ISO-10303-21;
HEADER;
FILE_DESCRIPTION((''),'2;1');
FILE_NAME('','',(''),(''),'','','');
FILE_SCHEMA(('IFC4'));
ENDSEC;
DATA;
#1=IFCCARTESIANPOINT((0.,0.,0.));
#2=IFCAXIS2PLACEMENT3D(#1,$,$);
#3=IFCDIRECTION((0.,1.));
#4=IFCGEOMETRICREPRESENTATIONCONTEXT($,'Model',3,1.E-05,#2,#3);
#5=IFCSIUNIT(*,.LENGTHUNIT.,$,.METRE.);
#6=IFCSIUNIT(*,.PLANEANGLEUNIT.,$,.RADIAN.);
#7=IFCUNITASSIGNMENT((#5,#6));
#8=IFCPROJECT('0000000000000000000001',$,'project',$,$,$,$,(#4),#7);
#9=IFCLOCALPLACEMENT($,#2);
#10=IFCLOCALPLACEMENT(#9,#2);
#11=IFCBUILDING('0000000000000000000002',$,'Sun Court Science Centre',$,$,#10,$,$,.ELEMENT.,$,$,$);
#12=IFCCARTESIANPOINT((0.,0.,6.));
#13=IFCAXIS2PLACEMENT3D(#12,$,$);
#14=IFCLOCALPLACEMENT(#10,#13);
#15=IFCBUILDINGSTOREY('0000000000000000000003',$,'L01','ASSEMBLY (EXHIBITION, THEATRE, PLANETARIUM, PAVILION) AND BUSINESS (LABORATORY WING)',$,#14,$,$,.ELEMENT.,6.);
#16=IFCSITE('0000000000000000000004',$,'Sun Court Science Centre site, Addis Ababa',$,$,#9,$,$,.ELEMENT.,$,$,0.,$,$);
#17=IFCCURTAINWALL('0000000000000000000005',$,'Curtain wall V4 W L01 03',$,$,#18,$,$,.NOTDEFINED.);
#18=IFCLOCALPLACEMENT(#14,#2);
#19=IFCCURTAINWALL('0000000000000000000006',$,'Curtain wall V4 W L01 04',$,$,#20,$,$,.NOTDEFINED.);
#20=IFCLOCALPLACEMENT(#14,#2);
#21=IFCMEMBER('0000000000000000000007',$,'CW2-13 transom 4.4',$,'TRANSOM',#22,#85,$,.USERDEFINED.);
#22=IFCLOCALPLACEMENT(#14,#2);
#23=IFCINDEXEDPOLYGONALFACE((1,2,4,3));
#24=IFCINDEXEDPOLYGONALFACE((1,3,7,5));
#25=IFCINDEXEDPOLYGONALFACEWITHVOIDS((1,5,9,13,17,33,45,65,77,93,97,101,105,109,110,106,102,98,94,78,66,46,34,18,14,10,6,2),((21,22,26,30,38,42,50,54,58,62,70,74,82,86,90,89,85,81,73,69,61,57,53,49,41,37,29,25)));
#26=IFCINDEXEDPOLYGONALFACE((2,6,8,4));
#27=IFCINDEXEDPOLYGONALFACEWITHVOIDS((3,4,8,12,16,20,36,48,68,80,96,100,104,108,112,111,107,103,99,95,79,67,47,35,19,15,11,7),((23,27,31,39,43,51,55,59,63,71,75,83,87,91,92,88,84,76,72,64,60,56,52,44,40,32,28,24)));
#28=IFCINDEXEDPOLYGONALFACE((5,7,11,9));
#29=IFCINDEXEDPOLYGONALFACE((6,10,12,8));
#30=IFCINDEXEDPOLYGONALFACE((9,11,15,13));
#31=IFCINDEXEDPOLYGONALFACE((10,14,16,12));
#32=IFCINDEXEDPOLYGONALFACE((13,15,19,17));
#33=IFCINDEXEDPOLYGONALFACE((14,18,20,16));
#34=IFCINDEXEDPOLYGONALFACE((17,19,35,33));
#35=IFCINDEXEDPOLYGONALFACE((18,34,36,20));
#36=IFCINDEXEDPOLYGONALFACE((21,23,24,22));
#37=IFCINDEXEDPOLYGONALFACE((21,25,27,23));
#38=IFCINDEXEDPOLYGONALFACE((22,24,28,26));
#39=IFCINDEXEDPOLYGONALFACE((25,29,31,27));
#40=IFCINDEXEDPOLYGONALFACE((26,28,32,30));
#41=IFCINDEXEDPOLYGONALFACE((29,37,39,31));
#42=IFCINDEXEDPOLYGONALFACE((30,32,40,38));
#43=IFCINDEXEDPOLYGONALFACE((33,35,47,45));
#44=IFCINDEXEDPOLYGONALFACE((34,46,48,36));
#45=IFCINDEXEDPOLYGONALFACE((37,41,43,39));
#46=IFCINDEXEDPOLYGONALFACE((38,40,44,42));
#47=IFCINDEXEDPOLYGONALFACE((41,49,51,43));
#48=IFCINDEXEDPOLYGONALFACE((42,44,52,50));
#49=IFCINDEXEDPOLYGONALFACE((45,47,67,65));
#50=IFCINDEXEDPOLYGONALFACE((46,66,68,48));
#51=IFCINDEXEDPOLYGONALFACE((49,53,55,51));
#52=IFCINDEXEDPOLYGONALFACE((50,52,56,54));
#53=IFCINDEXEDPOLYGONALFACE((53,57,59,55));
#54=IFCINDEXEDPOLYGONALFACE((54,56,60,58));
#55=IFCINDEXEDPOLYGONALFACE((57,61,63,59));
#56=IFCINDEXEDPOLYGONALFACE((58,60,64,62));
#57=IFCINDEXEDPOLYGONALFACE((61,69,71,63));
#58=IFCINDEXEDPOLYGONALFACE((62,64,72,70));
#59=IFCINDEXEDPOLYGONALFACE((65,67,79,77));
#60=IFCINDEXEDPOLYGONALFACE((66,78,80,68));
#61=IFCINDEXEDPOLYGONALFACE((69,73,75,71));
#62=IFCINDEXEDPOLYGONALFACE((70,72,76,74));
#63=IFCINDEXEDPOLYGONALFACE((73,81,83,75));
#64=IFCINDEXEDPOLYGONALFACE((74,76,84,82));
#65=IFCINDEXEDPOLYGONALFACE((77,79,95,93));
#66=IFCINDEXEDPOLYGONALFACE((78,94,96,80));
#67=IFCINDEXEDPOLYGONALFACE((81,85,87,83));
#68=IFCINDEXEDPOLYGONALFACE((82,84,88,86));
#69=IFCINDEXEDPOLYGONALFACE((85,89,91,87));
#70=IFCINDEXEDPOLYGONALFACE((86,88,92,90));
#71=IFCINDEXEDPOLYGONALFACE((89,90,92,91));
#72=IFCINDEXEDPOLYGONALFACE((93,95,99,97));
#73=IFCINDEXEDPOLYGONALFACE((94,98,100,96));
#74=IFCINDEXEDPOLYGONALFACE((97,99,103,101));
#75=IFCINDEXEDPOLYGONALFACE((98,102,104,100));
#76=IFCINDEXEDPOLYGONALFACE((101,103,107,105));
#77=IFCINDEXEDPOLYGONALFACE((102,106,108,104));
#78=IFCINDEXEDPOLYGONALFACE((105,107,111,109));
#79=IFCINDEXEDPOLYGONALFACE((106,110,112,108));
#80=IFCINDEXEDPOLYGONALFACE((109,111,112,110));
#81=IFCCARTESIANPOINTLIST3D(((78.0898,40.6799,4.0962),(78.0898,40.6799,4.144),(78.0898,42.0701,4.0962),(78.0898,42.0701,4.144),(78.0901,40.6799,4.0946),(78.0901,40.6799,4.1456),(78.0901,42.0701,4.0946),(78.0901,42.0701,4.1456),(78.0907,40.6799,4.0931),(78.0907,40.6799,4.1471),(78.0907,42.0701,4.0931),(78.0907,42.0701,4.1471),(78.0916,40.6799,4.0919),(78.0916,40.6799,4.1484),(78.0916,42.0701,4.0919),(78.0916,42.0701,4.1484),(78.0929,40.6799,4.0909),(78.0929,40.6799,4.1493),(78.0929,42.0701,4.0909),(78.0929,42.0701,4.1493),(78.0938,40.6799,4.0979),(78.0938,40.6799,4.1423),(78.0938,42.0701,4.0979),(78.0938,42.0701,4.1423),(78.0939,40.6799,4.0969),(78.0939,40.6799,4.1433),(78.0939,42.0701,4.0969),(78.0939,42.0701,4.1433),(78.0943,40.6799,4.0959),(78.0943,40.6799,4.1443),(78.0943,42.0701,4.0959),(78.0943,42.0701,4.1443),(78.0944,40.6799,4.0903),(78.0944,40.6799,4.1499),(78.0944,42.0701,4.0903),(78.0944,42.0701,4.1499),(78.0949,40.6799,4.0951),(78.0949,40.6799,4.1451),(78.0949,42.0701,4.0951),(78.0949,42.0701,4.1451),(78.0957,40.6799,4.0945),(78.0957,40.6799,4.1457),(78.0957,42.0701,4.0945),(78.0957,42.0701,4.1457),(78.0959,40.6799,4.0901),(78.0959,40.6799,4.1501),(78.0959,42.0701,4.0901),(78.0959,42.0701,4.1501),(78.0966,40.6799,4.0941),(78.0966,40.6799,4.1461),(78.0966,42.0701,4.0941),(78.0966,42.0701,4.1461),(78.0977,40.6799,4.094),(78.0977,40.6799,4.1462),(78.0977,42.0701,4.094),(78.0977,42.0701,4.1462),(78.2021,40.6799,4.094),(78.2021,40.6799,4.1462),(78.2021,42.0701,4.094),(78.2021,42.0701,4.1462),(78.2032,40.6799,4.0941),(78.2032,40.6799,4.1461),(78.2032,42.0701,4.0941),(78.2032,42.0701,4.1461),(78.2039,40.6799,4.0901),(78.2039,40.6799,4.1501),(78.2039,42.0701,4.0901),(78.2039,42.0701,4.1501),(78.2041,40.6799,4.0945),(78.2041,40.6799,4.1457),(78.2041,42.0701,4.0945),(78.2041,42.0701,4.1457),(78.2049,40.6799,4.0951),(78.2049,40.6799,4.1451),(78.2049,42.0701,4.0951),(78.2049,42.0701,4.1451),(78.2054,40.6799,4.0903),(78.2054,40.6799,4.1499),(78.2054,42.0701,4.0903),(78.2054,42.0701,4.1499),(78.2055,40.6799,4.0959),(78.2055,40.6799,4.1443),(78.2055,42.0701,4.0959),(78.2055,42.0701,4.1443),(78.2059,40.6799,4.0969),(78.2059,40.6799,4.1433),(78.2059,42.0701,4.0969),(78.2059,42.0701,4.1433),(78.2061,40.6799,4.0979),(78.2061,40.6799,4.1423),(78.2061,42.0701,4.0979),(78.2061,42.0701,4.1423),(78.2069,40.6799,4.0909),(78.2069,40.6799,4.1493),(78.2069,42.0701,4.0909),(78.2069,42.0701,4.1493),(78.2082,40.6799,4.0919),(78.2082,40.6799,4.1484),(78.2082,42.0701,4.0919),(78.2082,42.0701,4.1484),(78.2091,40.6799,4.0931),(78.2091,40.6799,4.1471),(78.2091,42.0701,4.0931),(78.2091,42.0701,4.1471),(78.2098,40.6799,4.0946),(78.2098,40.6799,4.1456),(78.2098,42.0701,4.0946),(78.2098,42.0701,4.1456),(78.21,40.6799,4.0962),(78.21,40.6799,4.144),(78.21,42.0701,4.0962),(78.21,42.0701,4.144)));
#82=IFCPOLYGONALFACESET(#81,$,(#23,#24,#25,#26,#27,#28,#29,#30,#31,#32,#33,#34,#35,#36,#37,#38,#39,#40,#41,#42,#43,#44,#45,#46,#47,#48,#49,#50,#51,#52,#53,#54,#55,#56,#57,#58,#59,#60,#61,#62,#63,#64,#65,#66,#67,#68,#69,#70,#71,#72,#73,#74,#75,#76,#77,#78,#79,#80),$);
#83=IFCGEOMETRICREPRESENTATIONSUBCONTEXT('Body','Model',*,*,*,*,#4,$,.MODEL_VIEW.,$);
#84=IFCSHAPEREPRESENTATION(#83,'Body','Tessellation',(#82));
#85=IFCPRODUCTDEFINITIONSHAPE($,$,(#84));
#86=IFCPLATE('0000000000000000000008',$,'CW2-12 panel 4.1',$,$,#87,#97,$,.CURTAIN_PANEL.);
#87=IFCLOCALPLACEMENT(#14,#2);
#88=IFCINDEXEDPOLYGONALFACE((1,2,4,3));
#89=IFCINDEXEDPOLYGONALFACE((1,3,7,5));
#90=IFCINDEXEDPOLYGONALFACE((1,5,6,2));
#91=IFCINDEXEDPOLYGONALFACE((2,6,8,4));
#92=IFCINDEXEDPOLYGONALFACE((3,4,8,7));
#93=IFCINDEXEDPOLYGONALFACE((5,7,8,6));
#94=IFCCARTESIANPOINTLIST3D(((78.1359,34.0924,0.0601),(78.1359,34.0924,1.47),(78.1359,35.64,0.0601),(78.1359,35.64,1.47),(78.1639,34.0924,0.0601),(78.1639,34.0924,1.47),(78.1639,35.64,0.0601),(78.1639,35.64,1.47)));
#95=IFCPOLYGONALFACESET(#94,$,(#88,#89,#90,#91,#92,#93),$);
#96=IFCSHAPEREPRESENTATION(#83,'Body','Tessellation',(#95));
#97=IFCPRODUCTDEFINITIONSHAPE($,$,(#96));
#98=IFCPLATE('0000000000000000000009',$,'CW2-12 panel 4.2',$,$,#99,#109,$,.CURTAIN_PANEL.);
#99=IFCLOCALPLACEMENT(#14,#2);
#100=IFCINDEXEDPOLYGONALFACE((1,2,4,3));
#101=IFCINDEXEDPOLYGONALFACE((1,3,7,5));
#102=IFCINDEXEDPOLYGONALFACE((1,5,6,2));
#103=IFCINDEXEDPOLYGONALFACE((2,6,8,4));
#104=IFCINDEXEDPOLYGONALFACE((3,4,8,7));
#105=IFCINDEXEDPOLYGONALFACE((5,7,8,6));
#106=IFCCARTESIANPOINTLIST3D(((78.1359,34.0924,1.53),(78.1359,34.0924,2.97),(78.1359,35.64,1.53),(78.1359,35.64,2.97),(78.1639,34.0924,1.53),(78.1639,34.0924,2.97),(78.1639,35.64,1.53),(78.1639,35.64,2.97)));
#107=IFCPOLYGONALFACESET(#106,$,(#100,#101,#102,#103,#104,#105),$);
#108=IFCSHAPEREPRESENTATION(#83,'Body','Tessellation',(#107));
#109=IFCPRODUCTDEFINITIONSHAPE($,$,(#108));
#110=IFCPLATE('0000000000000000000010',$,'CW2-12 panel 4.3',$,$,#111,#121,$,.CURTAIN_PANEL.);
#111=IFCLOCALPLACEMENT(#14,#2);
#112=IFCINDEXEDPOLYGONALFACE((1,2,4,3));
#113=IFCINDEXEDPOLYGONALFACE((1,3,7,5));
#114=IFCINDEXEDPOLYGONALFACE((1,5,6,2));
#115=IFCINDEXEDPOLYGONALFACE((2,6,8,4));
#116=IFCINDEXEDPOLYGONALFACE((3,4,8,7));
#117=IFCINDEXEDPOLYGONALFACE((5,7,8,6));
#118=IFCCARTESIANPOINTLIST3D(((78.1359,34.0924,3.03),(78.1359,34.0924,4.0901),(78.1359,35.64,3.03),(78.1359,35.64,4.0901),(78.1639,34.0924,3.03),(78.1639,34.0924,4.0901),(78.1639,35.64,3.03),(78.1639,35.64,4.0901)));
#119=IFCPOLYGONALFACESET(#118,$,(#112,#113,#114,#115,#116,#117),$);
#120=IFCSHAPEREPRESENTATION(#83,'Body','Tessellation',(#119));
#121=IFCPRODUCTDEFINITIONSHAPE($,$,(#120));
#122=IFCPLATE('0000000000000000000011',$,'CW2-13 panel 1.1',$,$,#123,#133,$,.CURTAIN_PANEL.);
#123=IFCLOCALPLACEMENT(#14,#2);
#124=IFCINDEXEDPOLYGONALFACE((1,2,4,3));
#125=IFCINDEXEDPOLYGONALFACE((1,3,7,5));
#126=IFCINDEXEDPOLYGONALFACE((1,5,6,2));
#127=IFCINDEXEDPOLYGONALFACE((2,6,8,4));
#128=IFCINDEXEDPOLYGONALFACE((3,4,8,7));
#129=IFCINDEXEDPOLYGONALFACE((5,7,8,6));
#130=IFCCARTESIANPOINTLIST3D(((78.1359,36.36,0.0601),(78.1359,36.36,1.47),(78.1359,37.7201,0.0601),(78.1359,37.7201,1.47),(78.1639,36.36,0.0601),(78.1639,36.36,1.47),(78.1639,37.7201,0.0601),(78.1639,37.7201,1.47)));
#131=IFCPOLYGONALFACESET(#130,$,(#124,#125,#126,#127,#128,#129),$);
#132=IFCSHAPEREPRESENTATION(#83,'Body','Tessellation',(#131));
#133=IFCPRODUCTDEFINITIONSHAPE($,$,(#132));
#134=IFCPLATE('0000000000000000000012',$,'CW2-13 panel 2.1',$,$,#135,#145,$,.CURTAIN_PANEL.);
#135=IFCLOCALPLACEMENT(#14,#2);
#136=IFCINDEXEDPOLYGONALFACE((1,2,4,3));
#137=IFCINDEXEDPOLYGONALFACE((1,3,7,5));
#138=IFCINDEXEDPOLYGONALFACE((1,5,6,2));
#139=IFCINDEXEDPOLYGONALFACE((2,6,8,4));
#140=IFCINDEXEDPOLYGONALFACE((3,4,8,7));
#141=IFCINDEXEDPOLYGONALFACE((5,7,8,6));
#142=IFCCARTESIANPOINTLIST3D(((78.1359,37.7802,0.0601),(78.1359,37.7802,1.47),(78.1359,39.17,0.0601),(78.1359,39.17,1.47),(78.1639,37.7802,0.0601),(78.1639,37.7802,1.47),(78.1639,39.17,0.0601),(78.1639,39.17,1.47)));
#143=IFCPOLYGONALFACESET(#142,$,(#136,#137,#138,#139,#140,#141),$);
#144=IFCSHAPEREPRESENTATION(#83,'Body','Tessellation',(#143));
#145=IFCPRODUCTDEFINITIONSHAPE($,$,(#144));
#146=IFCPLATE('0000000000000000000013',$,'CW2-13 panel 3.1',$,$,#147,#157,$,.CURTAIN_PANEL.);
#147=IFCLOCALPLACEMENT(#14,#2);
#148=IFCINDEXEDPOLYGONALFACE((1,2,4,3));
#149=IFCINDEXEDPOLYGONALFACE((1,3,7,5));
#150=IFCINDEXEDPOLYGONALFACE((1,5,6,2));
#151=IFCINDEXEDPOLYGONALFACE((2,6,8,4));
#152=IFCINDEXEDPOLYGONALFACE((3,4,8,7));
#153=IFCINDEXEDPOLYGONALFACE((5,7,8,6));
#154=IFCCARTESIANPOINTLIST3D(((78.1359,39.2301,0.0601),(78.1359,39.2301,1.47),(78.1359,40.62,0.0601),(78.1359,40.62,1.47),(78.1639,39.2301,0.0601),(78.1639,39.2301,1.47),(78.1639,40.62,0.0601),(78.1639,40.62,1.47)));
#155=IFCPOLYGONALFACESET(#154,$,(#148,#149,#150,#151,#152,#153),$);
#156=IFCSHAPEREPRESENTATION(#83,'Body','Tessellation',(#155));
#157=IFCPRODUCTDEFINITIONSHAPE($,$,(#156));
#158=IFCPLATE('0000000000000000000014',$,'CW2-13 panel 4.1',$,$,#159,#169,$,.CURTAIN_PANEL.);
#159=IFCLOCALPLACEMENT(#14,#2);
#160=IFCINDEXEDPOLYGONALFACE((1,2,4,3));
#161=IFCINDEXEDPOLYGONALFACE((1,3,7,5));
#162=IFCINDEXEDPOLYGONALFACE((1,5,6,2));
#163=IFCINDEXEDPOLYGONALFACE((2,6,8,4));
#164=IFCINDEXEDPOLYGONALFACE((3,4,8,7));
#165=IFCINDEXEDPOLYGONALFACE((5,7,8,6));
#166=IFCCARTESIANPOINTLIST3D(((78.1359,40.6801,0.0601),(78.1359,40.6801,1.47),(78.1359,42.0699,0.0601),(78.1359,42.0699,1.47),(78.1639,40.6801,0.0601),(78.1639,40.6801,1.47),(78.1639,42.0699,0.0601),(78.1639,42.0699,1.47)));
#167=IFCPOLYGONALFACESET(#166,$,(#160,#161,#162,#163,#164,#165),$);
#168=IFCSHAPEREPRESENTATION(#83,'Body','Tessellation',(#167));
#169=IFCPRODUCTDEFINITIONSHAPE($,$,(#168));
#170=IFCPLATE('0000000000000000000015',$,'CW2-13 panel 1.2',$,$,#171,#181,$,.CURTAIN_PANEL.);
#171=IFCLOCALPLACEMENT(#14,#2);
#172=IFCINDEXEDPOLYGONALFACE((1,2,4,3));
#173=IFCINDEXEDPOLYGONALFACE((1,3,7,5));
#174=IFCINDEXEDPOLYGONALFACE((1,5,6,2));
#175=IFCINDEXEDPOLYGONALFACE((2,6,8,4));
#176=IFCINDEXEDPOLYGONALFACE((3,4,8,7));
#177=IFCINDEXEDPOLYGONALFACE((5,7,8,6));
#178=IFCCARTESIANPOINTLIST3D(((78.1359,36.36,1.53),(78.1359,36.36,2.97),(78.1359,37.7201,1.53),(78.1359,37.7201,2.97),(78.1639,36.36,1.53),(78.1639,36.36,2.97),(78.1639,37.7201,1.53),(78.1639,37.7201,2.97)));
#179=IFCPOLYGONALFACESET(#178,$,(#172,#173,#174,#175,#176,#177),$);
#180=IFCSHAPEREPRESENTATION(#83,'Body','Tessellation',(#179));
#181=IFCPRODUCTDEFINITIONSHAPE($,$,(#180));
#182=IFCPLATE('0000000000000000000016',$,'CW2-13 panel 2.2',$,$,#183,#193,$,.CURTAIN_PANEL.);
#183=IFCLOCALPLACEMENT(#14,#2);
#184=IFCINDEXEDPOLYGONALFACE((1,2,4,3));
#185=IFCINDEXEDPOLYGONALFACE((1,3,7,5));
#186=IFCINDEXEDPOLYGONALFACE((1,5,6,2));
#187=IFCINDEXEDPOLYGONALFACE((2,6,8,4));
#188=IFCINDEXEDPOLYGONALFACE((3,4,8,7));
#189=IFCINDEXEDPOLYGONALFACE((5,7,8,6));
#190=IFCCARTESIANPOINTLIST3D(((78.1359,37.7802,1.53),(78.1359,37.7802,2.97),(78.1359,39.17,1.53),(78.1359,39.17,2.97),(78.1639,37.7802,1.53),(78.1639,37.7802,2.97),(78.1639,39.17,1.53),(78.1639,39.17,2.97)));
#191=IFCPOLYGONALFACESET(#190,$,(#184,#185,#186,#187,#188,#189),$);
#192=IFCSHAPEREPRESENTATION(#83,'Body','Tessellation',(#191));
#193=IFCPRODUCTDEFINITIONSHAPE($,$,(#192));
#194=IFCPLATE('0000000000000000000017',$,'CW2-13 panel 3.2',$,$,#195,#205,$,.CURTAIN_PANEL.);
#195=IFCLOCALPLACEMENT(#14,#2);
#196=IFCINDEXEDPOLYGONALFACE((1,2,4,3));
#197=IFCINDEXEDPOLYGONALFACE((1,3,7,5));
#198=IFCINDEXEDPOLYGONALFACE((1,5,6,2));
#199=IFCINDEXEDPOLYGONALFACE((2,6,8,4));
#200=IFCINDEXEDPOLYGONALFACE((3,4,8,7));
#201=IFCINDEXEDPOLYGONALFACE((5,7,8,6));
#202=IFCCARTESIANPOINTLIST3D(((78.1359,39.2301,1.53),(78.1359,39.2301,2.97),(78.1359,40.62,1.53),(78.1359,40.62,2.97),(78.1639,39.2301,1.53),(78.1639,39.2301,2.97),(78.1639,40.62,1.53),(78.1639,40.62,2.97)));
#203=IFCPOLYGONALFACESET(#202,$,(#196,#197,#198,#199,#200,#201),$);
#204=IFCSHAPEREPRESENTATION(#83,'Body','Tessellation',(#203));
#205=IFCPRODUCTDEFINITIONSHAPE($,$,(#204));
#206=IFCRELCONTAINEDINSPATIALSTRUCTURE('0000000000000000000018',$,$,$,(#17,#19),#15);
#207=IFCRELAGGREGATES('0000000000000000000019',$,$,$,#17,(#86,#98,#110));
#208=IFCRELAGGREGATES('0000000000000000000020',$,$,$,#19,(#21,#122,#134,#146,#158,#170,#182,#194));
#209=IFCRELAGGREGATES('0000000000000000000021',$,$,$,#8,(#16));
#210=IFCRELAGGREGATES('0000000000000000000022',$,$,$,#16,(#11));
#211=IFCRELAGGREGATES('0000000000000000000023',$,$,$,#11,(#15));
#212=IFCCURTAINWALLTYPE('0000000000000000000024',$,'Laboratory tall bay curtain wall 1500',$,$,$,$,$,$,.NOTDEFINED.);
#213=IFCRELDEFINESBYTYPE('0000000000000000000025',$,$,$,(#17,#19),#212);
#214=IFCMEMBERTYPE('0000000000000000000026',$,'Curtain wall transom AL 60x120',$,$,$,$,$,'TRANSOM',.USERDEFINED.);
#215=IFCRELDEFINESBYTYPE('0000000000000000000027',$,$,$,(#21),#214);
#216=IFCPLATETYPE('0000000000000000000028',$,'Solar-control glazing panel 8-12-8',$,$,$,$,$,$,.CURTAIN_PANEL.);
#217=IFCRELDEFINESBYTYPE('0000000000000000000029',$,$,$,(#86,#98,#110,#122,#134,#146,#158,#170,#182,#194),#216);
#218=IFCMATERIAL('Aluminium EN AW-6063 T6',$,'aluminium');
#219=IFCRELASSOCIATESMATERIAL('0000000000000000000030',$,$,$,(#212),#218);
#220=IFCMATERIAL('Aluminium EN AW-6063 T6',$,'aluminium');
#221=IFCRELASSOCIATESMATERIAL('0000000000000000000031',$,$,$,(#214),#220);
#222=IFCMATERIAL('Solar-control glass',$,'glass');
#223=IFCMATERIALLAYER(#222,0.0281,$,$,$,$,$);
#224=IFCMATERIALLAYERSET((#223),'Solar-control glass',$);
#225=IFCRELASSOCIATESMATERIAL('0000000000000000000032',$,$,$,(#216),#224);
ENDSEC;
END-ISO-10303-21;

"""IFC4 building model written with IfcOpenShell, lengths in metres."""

from ifc_helpers import new_model, si_unit, direction, frame, origin, origin_2d, place, context, subcontext, project, spatial, rectangle, hollow_rectangle, extrude, material, layer, layer_set, material_profile, profile_set, type_object, element, aggregate, save


model = new_model("IFC4")

# Units and contexts
model_context = context("Model", 3, precision=1e-05, world=origin(), true_north=direction((0.0, 1.0)))
body_context = subcontext(model_context, "Body", "Model", "MODEL_VIEW")
ifc_project = project(units=[si_unit("LENGTHUNIT", "METRE"), si_unit("PLANEANGLEUNIT", "RADIAN")], contexts=[model_context])

# Site, building, storey
site_placement = place(None, origin())
site = spatial("IfcSite", under=ifc_project, at=site_placement, Name="Sun Court Science Centre site, Addis Ababa", CompositionType="ELEMENT", RefElevation=0.0)
building_placement = place(site_placement, origin())
building = spatial("IfcBuilding", under=site, at=building_placement, Name="Sun Court Science Centre", CompositionType="ELEMENT")
storey_placement = place(building_placement, frame((0.0, 0.0, 6.0)))
storey = spatial("IfcBuildingStorey", under=building, at=storey_placement, Name="L01", Description="ASSEMBLY (EXHIBITION, THEATRE, PLANETARIUM, PAVILION) AND BUSINESS (LABORATORY WING)", CompositionType="ELEMENT", Elevation=6.0)

# Curtain wall
ifc_material_1 = material(Name="Aluminium EN AW-6063 T6", Category="aluminium")
curtain_wall_type = type_object("IfcCurtainWallType", Name="Laboratory tall bay curtain wall 1500", PredefinedType="NOTDEFINED", material=ifc_material_1)
curtain_wall_1_placement = place(storey_placement, origin())
curtain_wall_1 = element("IfcCurtainWall", 1, at=curtain_wall_1_placement, inside=storey, type_object=curtain_wall_type, Name="Curtain wall V4 W L01 03", PredefinedType="NOTDEFINED")

# Curtain wall
curtain_wall_2_placement = place(storey_placement, origin())
curtain_wall_2 = element("IfcCurtainWall", 2, at=curtain_wall_2_placement, inside=storey, type_object=curtain_wall_type, Name="Curtain wall V4 W L01 04", PredefinedType="NOTDEFINED")

# Member
ifc_material_2 = material(Name="Aluminium EN AW-6063 T6", Category="aluminium")
ifc_material_profile_1 = material_profile(ifc_material_2, hollow_rectangle(XDim=0.0601, YDim=0.1201, WallThickness=0.0039, InnerFilletRadius=0.0039, OuterFilletRadius=0.0061, at=origin_2d()), Name="AL 60x120x4")
ifc_profile_set_1 = profile_set([ifc_material_profile_1], Name="Aluminium EN AW-6063 T6")
member_type_1 = type_object("IfcMemberType", Name="Curtain wall transom AL 60x120", ElementType="TRANSOM", PredefinedType="USERDEFINED", material=ifc_profile_set_1)
member_1_placement = place(storey_placement, frame((78.1499, 40.6799, 4.1201), z_axis=(0.0, 1.0, 0.0), x_axis=(0.0, 0.0, 1.0)))
member_1 = element("IfcMember", 3, at=member_1_placement, type_object=member_type_1, Name="CW2-13 transom 4.4", ObjectType="TRANSOM", PredefinedType="USERDEFINED", context=body_context, shape_type="SweptSolid", body=[
    extrude(hollow_rectangle(XDim=0.0601, YDim=0.1201, WallThickness=0.0039, InnerFilletRadius=0.0039, OuterFilletRadius=0.0061, at=origin_2d()), origin(), (0.0, 0.0, 1.0), 1.3901),
])

# Plates
ifc_material_3 = material(Name="Solar-control glass", Category="glass")
ifc_layer = layer(ifc_material_3, 0.0281)
ifc_layer_set = layer_set([ifc_layer], Name="Solar-control glass")
plate_type = type_object("IfcPlateType", Name="Solar-control glazing panel 8-12-8", PredefinedType="CURTAIN_PANEL", material=ifc_layer_set)
plate_1_placement = place(storey_placement, frame((78.1499, 34.8662, 0.0601), z_axis=(0.0, 0.0, 1.0), x_axis=(0.0, 1.0, 0.0)))
plate_1 = element("IfcPlate", 4, at=plate_1_placement, type_object=plate_type, Name="CW2-12 panel 4.1", PredefinedType="CURTAIN_PANEL", context=body_context, shape_type="SweptSolid", body=[
    extrude(rectangle(XDim=1.5476, YDim=0.0281, at=origin_2d()), origin(), (0.0, 0.0, 1.0), 1.4099),
])
plate_2_placement = place(storey_placement, frame((78.1499, 34.8662, 1.53), z_axis=(0.0, 0.0, 1.0), x_axis=(0.0, 1.0, 0.0)))
plate_2 = element("IfcPlate", 5, at=plate_2_placement, type_object=plate_type, Name="CW2-12 panel 4.2", PredefinedType="CURTAIN_PANEL", context=body_context, shape_type="SweptSolid", body=[
    extrude(rectangle(XDim=1.5476, YDim=0.0281, at=origin_2d()), origin(), (0.0, 0.0, 1.0), 1.4399),
])
plate_3_placement = place(storey_placement, frame((78.1499, 34.8662, 3.03), z_axis=(0.0, 0.0, 1.0), x_axis=(0.0, 1.0, 0.0)))
plate_3 = element("IfcPlate", 6, at=plate_3_placement, type_object=plate_type, Name="CW2-12 panel 4.3", PredefinedType="CURTAIN_PANEL", context=body_context, shape_type="SweptSolid", body=[
    extrude(rectangle(XDim=1.5476, YDim=0.0281, at=origin_2d()), origin(), (0.0, 0.0, 1.0), 1.0601),
])
aggregate(curtain_wall_1, [plate_1, plate_2, plate_3])
plate_4_placement = place(storey_placement, frame((78.1499, 37.04, 0.0601), z_axis=(0.0, 0.0, 1.0), x_axis=(0.0, 1.0, 0.0)))
plate_4 = element("IfcPlate", 7, at=plate_4_placement, type_object=plate_type, Name="CW2-13 panel 1.1", PredefinedType="CURTAIN_PANEL", context=body_context, shape_type="SweptSolid", body=[
    extrude(rectangle(XDim=1.3601, YDim=0.0281, at=origin_2d()), origin(), (0.0, 0.0, 1.0), 1.4099),
])
plate_5_placement = place(storey_placement, frame((78.1499, 38.4751, 0.0601), z_axis=(0.0, 0.0, 1.0), x_axis=(0.0, 1.0, 0.0)))
plate_5 = element("IfcPlate", 8, at=plate_5_placement, type_object=plate_type, Name="CW2-13 panel 2.1", PredefinedType="CURTAIN_PANEL", context=body_context, shape_type="SweptSolid", body=[
    extrude(rectangle(XDim=1.3899, YDim=0.0281, at=origin_2d()), origin(), (0.0, 0.0, 1.0), 1.4099),
])
plate_6_placement = place(storey_placement, frame((78.1499, 39.925, 0.0601), z_axis=(0.0, 0.0, 1.0), x_axis=(0.0, 1.0, 0.0)))
plate_6 = element("IfcPlate", 9, at=plate_6_placement, type_object=plate_type, Name="CW2-13 panel 3.1", PredefinedType="CURTAIN_PANEL", context=body_context, shape_type="SweptSolid", body=[
    extrude(rectangle(XDim=1.3899, YDim=0.0281, at=origin_2d()), origin(), (0.0, 0.0, 1.0), 1.4099),
])
plate_7_placement = place(storey_placement, frame((78.1499, 41.375, 0.0601), z_axis=(0.0, 0.0, 1.0), x_axis=(0.0, 1.0, 0.0)))
plate_7 = element("IfcPlate", 10, at=plate_7_placement, type_object=plate_type, Name="CW2-13 panel 4.1", PredefinedType="CURTAIN_PANEL", context=body_context, shape_type="SweptSolid", body=[
    extrude(rectangle(XDim=1.3899, YDim=0.0281, at=origin_2d()), origin(), (0.0, 0.0, 1.0), 1.4099),
])
plate_8_placement = place(storey_placement, frame((78.1499, 37.04, 1.53), z_axis=(0.0, 0.0, 1.0), x_axis=(0.0, 1.0, 0.0)))
plate_8 = element("IfcPlate", 11, at=plate_8_placement, type_object=plate_type, Name="CW2-13 panel 1.2", PredefinedType="CURTAIN_PANEL", context=body_context, shape_type="SweptSolid", body=[
    extrude(rectangle(XDim=1.3601, YDim=0.0281, at=origin_2d()), origin(), (0.0, 0.0, 1.0), 1.4399),
])
plate_9_placement = place(storey_placement, frame((78.1499, 38.4751, 1.53), z_axis=(0.0, 0.0, 1.0), x_axis=(0.0, 1.0, 0.0)))
plate_9 = element("IfcPlate", 12, at=plate_9_placement, type_object=plate_type, Name="CW2-13 panel 2.2", PredefinedType="CURTAIN_PANEL", context=body_context, shape_type="SweptSolid", body=[
    extrude(rectangle(XDim=1.3899, YDim=0.0281, at=origin_2d()), origin(), (0.0, 0.0, 1.0), 1.4399),
])
plate_10_placement = place(storey_placement, frame((78.1499, 39.925, 1.53), z_axis=(0.0, 0.0, 1.0), x_axis=(0.0, 1.0, 0.0)))
plate_10 = element("IfcPlate", 13, at=plate_10_placement, type_object=plate_type, Name="CW2-13 panel 3.2", PredefinedType="CURTAIN_PANEL", context=body_context, shape_type="SweptSolid", body=[
    extrude(rectangle(XDim=1.3899, YDim=0.0281, at=origin_2d()), origin(), (0.0, 0.0, 1.0), 1.4399),
])
aggregate(curtain_wall_2, [member_1, plate_4, plate_5, plate_6, plate_7, plate_8, plate_9, plate_10])

save(model, "model.ifc")
